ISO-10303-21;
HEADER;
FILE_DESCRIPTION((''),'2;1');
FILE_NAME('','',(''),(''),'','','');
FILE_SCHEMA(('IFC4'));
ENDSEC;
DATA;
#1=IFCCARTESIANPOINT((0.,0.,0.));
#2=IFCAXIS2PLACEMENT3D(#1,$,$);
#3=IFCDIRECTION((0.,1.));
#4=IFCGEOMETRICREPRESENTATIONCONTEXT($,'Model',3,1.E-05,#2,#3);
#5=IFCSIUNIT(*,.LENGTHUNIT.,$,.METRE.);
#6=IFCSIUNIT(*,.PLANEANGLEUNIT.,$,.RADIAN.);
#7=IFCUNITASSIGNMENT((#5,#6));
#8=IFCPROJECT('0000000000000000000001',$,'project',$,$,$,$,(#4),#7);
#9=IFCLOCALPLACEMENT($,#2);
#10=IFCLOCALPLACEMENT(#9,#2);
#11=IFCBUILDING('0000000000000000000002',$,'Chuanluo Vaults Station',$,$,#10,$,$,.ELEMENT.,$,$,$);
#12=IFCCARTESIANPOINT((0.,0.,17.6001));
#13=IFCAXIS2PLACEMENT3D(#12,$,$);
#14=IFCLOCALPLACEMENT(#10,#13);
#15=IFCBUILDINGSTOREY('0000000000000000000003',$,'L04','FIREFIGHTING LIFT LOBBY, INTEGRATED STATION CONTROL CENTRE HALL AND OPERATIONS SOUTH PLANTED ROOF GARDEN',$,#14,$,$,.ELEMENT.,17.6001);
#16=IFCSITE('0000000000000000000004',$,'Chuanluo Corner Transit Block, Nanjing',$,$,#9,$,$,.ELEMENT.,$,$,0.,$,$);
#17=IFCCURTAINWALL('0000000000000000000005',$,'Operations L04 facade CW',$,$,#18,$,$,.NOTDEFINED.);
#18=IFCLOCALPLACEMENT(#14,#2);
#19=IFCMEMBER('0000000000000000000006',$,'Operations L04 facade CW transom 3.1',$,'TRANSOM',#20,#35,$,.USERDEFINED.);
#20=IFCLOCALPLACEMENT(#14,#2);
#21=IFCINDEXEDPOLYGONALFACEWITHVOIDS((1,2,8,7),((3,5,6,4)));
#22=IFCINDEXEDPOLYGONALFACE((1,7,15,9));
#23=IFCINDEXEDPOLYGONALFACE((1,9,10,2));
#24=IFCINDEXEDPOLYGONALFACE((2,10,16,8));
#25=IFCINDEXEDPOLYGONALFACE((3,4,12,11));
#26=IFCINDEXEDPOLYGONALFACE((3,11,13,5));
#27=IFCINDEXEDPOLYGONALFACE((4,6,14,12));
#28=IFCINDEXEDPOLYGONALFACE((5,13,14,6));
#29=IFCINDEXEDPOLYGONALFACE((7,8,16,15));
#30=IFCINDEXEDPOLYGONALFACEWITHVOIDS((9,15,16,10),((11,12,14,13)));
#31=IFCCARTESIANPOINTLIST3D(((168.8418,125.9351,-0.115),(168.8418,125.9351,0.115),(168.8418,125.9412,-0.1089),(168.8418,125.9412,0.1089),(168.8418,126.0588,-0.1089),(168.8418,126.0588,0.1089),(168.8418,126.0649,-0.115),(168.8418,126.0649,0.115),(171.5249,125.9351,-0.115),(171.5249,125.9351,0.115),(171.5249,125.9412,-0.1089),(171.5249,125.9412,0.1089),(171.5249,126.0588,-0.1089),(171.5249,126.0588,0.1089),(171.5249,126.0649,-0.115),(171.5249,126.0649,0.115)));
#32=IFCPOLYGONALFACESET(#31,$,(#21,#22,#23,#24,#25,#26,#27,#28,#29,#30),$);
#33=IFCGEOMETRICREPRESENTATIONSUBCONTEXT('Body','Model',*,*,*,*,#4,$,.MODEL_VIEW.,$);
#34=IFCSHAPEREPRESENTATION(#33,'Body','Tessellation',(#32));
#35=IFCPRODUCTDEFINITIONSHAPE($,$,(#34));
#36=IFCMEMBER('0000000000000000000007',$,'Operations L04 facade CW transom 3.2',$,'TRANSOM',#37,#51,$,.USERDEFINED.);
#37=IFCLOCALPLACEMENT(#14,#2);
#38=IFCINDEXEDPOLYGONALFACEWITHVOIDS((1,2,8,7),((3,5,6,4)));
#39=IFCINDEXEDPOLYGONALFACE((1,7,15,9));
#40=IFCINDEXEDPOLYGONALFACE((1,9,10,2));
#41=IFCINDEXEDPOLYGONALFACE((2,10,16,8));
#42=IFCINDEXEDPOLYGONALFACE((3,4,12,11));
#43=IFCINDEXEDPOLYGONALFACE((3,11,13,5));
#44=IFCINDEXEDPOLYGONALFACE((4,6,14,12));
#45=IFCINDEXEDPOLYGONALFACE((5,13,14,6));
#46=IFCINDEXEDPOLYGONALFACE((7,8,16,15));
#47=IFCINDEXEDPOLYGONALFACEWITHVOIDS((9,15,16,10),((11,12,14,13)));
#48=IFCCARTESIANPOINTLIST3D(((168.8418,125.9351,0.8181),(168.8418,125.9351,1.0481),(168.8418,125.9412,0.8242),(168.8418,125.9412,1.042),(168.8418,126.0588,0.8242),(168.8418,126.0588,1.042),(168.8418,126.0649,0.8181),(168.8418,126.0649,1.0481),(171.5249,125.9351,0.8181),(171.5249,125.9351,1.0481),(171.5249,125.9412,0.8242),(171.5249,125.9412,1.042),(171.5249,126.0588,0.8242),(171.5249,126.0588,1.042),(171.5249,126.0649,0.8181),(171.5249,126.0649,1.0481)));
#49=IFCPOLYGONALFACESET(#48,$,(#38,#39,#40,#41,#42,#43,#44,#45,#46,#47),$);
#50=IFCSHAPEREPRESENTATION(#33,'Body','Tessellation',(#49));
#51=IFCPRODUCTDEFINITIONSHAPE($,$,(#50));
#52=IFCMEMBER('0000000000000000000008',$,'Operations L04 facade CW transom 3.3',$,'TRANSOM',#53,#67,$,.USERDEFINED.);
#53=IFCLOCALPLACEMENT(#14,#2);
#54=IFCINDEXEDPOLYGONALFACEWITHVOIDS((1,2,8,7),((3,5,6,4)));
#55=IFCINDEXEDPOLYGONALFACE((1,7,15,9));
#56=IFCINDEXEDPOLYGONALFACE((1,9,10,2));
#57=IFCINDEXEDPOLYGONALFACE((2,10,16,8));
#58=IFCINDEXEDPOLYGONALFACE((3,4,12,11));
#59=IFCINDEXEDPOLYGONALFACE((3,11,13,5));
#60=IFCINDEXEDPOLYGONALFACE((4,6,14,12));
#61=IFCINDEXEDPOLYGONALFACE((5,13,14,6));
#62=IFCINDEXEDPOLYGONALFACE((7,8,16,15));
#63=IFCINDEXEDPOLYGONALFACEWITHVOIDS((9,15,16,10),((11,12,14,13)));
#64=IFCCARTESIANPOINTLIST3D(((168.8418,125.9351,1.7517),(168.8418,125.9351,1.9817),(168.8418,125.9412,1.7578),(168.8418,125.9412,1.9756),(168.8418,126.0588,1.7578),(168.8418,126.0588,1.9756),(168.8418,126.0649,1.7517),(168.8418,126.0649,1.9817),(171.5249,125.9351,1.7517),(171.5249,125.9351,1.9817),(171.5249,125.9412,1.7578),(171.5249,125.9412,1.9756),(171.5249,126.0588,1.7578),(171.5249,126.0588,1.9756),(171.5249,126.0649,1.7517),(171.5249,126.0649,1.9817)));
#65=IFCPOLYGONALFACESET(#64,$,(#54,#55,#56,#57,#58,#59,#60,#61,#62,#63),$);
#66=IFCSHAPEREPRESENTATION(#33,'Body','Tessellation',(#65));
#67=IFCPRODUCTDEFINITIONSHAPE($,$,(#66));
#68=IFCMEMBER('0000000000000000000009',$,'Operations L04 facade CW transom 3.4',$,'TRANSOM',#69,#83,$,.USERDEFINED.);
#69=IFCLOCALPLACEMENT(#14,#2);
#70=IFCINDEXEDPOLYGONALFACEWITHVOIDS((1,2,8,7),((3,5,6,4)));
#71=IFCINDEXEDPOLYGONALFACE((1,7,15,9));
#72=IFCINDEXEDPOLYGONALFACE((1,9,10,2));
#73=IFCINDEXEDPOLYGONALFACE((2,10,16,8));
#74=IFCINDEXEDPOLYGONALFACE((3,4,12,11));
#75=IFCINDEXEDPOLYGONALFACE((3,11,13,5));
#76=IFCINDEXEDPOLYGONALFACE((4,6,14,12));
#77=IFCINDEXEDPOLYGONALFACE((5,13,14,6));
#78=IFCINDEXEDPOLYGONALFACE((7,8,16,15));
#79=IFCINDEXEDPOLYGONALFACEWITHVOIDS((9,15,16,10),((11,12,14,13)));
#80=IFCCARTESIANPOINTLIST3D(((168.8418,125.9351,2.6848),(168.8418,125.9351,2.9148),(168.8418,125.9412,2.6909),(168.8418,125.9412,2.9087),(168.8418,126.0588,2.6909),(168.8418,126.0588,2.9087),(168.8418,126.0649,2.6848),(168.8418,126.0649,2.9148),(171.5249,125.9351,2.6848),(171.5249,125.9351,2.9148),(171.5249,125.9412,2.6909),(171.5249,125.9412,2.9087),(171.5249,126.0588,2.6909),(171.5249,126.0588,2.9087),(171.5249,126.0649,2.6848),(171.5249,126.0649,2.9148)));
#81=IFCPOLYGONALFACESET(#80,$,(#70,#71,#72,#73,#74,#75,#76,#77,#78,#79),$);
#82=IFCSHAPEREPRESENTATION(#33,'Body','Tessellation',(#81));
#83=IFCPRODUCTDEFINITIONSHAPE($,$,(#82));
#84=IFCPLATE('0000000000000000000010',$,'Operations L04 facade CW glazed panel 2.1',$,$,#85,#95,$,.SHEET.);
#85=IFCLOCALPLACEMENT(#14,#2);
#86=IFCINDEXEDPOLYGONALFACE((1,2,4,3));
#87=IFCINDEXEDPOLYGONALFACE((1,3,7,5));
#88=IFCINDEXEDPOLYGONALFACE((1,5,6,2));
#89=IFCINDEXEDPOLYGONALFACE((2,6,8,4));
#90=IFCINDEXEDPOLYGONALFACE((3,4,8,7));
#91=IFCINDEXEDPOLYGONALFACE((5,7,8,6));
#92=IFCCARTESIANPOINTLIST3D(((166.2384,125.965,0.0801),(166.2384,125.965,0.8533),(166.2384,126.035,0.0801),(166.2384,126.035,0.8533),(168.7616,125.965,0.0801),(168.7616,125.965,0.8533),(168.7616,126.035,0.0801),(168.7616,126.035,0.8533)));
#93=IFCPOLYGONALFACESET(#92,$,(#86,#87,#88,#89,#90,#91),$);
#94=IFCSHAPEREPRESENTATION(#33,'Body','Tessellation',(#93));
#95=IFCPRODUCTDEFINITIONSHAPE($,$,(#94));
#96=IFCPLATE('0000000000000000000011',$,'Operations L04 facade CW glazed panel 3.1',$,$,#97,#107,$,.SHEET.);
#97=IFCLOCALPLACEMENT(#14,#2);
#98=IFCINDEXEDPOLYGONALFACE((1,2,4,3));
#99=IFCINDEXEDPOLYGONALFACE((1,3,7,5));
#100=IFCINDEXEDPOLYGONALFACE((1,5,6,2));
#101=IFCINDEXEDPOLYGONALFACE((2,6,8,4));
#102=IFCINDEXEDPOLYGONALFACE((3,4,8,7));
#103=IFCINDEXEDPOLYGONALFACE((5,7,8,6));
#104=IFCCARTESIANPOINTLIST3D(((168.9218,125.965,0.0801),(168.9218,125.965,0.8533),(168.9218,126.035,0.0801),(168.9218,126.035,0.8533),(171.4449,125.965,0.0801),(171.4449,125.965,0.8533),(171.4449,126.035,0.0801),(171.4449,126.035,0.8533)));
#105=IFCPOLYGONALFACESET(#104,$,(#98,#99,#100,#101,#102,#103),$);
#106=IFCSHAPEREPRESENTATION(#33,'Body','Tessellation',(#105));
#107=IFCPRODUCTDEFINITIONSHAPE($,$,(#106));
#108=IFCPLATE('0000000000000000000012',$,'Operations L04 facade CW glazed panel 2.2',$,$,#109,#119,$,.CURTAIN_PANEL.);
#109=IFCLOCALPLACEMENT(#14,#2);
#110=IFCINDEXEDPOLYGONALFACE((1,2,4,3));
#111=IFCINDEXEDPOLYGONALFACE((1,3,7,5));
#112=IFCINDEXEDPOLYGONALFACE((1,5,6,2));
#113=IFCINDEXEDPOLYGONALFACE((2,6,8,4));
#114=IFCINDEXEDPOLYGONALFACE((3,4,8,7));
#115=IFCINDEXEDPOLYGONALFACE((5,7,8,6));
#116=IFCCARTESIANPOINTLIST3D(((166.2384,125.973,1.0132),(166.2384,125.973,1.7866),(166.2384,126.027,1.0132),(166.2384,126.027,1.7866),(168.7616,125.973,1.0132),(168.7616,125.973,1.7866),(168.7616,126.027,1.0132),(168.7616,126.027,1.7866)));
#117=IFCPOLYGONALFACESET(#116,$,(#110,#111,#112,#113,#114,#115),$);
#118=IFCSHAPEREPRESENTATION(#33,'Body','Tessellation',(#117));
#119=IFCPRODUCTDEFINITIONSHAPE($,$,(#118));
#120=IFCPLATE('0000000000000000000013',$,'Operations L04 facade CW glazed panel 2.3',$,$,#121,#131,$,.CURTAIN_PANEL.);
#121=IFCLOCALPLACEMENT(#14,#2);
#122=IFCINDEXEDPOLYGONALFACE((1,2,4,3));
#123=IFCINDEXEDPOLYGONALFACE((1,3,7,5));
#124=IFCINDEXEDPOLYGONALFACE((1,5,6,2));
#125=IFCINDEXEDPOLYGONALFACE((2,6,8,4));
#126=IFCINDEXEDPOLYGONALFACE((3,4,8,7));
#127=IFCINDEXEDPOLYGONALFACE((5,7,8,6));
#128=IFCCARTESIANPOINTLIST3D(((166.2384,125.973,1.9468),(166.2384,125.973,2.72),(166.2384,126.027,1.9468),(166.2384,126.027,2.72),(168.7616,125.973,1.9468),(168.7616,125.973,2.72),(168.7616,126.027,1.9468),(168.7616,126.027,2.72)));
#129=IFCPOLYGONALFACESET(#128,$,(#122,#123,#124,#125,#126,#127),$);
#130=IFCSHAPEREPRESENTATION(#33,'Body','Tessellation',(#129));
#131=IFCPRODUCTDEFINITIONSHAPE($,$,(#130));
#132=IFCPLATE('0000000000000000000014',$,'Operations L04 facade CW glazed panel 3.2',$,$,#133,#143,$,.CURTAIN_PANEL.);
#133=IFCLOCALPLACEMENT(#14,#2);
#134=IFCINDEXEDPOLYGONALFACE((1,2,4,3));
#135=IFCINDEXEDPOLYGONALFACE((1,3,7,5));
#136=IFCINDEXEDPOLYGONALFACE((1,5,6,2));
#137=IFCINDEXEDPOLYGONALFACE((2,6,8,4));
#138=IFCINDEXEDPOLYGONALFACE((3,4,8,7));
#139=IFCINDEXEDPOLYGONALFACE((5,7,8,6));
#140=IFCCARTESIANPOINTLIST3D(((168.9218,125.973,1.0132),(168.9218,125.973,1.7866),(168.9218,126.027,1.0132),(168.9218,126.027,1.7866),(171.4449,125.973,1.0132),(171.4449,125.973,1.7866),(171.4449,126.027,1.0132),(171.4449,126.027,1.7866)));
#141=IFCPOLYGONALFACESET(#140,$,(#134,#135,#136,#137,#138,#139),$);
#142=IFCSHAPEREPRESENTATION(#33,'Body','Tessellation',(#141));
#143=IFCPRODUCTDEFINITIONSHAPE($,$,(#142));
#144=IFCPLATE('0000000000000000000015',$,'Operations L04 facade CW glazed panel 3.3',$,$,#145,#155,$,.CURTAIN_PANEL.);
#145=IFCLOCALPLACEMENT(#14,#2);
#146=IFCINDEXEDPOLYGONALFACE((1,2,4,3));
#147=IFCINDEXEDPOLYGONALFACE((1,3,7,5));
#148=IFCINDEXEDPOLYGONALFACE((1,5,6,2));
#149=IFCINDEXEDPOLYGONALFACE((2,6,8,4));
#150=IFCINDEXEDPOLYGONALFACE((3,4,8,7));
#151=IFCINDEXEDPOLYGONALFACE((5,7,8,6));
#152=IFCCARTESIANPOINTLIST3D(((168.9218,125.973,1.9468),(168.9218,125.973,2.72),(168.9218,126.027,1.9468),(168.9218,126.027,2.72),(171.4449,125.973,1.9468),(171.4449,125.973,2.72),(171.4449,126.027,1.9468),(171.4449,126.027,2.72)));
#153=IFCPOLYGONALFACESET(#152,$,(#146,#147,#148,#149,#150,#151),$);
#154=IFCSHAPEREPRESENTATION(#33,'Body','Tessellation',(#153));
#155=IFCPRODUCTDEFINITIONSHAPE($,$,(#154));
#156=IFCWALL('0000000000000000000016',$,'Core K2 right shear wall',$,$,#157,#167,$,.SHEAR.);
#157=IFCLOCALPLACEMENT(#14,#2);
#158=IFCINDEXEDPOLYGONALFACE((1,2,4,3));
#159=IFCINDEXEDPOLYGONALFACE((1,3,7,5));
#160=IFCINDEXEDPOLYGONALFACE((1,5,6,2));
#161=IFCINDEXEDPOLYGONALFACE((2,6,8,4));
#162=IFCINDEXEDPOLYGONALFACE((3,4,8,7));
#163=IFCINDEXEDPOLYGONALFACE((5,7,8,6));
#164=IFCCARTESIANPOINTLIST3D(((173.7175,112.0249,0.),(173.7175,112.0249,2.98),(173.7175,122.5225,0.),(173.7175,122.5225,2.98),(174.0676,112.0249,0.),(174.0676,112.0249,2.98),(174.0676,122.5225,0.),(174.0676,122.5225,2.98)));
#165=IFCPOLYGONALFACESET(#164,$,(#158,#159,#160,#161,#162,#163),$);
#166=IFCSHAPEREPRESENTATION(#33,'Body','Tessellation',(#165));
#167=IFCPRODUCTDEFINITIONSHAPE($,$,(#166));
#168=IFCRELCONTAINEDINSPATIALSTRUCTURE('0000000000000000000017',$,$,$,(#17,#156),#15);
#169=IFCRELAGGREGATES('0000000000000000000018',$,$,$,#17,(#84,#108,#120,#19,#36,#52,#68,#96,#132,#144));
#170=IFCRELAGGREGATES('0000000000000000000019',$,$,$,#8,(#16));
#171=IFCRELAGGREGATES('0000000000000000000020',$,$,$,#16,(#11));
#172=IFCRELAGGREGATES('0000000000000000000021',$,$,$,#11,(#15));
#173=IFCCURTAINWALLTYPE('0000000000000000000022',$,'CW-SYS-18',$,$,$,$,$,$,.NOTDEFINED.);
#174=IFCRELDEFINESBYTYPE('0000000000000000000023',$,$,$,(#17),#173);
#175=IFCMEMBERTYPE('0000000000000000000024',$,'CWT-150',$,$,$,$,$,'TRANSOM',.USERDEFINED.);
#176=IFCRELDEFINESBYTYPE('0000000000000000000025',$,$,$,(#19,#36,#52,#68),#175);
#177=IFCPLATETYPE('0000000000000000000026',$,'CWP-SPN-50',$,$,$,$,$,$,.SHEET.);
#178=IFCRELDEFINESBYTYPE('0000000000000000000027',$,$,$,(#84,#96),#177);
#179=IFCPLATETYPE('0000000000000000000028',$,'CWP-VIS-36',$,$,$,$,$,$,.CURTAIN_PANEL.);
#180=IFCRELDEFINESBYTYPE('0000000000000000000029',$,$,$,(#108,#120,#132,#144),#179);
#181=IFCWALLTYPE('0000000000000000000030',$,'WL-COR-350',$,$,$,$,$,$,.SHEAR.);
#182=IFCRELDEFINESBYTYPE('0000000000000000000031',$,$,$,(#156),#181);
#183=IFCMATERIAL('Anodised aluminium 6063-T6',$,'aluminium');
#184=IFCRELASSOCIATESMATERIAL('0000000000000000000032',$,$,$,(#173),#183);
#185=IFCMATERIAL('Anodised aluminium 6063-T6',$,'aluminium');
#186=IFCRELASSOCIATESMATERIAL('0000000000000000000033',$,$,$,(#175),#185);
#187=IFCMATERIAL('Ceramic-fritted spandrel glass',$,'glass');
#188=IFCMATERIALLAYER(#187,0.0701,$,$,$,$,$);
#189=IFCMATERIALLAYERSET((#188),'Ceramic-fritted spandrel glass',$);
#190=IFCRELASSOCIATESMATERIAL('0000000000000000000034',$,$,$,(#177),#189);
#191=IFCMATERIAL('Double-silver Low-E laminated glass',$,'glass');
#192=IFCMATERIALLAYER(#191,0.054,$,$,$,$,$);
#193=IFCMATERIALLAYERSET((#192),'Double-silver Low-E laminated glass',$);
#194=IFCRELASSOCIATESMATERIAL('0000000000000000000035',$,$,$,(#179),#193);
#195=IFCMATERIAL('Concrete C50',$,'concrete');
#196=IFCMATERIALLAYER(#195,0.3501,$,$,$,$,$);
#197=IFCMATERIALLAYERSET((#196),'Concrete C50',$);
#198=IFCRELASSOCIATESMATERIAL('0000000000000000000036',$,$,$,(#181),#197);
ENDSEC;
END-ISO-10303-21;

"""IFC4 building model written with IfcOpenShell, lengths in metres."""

from ifc_helpers import new_model, si_unit, direction, frame, frame_2d, origin, origin_2d, place, context, subcontext, project, spatial, rectangle, hollow_rectangle, extrude, material, layer, layer_set, material_profile, profile_set, type_object, element, aggregate, save


model = new_model("IFC4")

# Units and contexts
model_context = context("Model", 3, precision=1e-05, world=origin(), true_north=direction((0.0, 1.0)))
body_context = subcontext(model_context, "Body", "Model", "MODEL_VIEW")
ifc_project = project(units=[si_unit("LENGTHUNIT", "METRE"), si_unit("PLANEANGLEUNIT", "RADIAN")], contexts=[model_context])

# Site, building, storey
site_placement = place(None, origin())
site = spatial("IfcSite", under=ifc_project, at=site_placement, Name="Chuanluo Corner Transit Block, Nanjing", CompositionType="ELEMENT", RefElevation=0.0)
building_placement = place(site_placement, origin())
building = spatial("IfcBuilding", under=site, at=building_placement, Name="Chuanluo Vaults Station", CompositionType="ELEMENT")
storey_placement = place(building_placement, frame((0.0, 0.0, 17.6001)))
storey = spatial("IfcBuildingStorey", under=building, at=storey_placement, Name="L04", Description="FIREFIGHTING LIFT LOBBY, INTEGRATED STATION CONTROL CENTRE HALL AND OPERATIONS SOUTH PLANTED ROOF GARDEN", CompositionType="ELEMENT", Elevation=17.6001)

# Curtain wall, members, plates
ifc_material_1 = material(Name="Anodised aluminium 6063-T6", Category="aluminium")
curtain_wall_type = type_object("IfcCurtainWallType", Name="CW-SYS-18", PredefinedType="NOTDEFINED", material=ifc_material_1)
curtain_wall_placement = place(storey_placement, origin())
curtain_wall = element("IfcCurtainWall", 1, at=curtain_wall_placement, inside=storey, type_object=curtain_wall_type, Name="Operations L04 facade CW", PredefinedType="NOTDEFINED")
ifc_material_2 = material(Name="Anodised aluminium 6063-T6", Category="aluminium")
ifc_material_profile_1 = material_profile(ifc_material_2, hollow_rectangle(XDim=0.1299, YDim=0.23, WallThickness=0.0061, at=origin_2d()))
ifc_profile_set_1 = profile_set([ifc_material_profile_1], Name="Anodised aluminium 6063-T6")
member_type_1 = type_object("IfcMemberType", Name="CWT-150", ElementType="TRANSOM", PredefinedType="USERDEFINED", material=ifc_profile_set_1)
member_1_placement = place(storey_placement, frame((168.8418, 126.0, 0.0), z_axis=(1.0, 0.0, 0.0), x_axis=(0.0, 1.0, 0.0)))
member_1 = element("IfcMember", 2, at=member_1_placement, type_object=member_type_1, Name="Operations L04 facade CW transom 3.1", ObjectType="TRANSOM", PredefinedType="USERDEFINED", context=body_context, shape_type="SweptSolid", body=[
    extrude(hollow_rectangle(XDim=0.1299, YDim=0.23, WallThickness=0.0061, at=origin_2d()), origin(), (0.0, 0.0, 1.0), 2.6831),
])
member_2_placement = place(storey_placement, frame((168.8418, 126.0, 0.9331), z_axis=(1.0, 0.0, 0.0), x_axis=(0.0, 1.0, 0.0)))
member_2 = element("IfcMember", 3, at=member_2_placement, type_object=member_type_1, Name="Operations L04 facade CW transom 3.2", ObjectType="TRANSOM", PredefinedType="USERDEFINED", context=body_context, shape_type="SweptSolid", body=[
    extrude(hollow_rectangle(XDim=0.1299, YDim=0.23, WallThickness=0.0061, at=origin_2d()), origin(), (0.0, 0.0, 1.0), 2.6831),
])
member_3_placement = place(storey_placement, frame((168.8418, 126.0, 1.8667), z_axis=(1.0, 0.0, 0.0), x_axis=(0.0, 1.0, 0.0)))
member_3 = element("IfcMember", 4, at=member_3_placement, type_object=member_type_1, Name="Operations L04 facade CW transom 3.3", ObjectType="TRANSOM", PredefinedType="USERDEFINED", context=body_context, shape_type="SweptSolid", body=[
    extrude(hollow_rectangle(XDim=0.1299, YDim=0.23, WallThickness=0.0061, at=origin_2d()), origin(), (0.0, 0.0, 1.0), 2.6831),
])
member_4_placement = place(storey_placement, frame((168.8418, 126.0, 2.7998), z_axis=(1.0, 0.0, 0.0), x_axis=(0.0, 1.0, 0.0)))
member_4 = element("IfcMember", 5, at=member_4_placement, type_object=member_type_1, Name="Operations L04 facade CW transom 3.4", ObjectType="TRANSOM", PredefinedType="USERDEFINED", context=body_context, shape_type="SweptSolid", body=[
    extrude(hollow_rectangle(XDim=0.1299, YDim=0.23, WallThickness=0.0061, at=origin_2d()), origin(), (0.0, 0.0, 1.0), 2.6831),
])
ifc_material_3 = material(Name="Ceramic-fritted spandrel glass", Category="glass")
ifc_layer_1 = layer(ifc_material_3, 0.0701)
ifc_layer_set_1 = layer_set([ifc_layer_1], Name="Ceramic-fritted spandrel glass")
plate_type_1 = type_object("IfcPlateType", Name="CWP-SPN-50", PredefinedType="SHEET", material=ifc_layer_set_1)
plate_1_placement = place(storey_placement, frame((167.5, 126.0, 0.0801), z_axis=(0.0, 0.0, 1.0), x_axis=(1.0, 0.0, 0.0)))
plate_1 = element("IfcPlate", 6, at=plate_1_placement, type_object=plate_type_1, Name="Operations L04 facade CW glazed panel 2.1", PredefinedType="SHEET", context=body_context, shape_type="SweptSolid", body=[
    extrude(rectangle(XDim=2.5232, YDim=0.0701, at=origin_2d()), origin(), (0.0, 0.0, 1.0), 0.7732),
])
plate_2_placement = place(storey_placement, frame((170.1833, 126.0, 0.0801), z_axis=(0.0, 0.0, 1.0), x_axis=(1.0, 0.0, 0.0)))
plate_2 = element("IfcPlate", 7, at=plate_2_placement, type_object=plate_type_1, Name="Operations L04 facade CW glazed panel 3.1", PredefinedType="SHEET", context=body_context, shape_type="SweptSolid", body=[
    extrude(rectangle(XDim=2.5232, YDim=0.0701, at=origin_2d()), origin(), (0.0, 0.0, 1.0), 0.7732),
])
ifc_material_4 = material(Name="Double-silver Low-E laminated glass", Category="glass")
ifc_layer_2 = layer(ifc_material_4, 0.054)
ifc_layer_set_2 = layer_set([ifc_layer_2], Name="Double-silver Low-E laminated glass")
plate_type_2 = type_object("IfcPlateType", Name="CWP-VIS-36", PredefinedType="CURTAIN_PANEL", material=ifc_layer_set_2)
plate_3_placement = place(storey_placement, frame((167.5, 126.0, 1.0132), z_axis=(0.0, 0.0, 1.0), x_axis=(1.0, 0.0, 0.0)))
plate_3 = element("IfcPlate", 8, at=plate_3_placement, type_object=plate_type_2, Name="Operations L04 facade CW glazed panel 2.2", PredefinedType="CURTAIN_PANEL", context=body_context, shape_type="SweptSolid", body=[
    extrude(rectangle(XDim=2.5232, YDim=0.054, at=origin_2d()), origin(), (0.0, 0.0, 1.0), 0.7734),
])
plate_4_placement = place(storey_placement, frame((167.5, 126.0, 1.9468), z_axis=(0.0, 0.0, 1.0), x_axis=(1.0, 0.0, 0.0)))
plate_4 = element("IfcPlate", 9, at=plate_4_placement, type_object=plate_type_2, Name="Operations L04 facade CW glazed panel 2.3", PredefinedType="CURTAIN_PANEL", context=body_context, shape_type="SweptSolid", body=[
    extrude(rectangle(XDim=2.5232, YDim=0.054, at=origin_2d()), origin(), (0.0, 0.0, 1.0), 0.7732),
])
plate_5_placement = place(storey_placement, frame((170.1833, 126.0, 1.0132), z_axis=(0.0, 0.0, 1.0), x_axis=(1.0, 0.0, 0.0)))
plate_5 = element("IfcPlate", 10, at=plate_5_placement, type_object=plate_type_2, Name="Operations L04 facade CW glazed panel 3.2", PredefinedType="CURTAIN_PANEL", context=body_context, shape_type="SweptSolid", body=[
    extrude(rectangle(XDim=2.5232, YDim=0.054, at=origin_2d()), origin(), (0.0, 0.0, 1.0), 0.7734),
])
plate_6_placement = place(storey_placement, frame((170.1833, 126.0, 1.9468), z_axis=(0.0, 0.0, 1.0), x_axis=(1.0, 0.0, 0.0)))
plate_6 = element("IfcPlate", 11, at=plate_6_placement, type_object=plate_type_2, Name="Operations L04 facade CW glazed panel 3.3", PredefinedType="CURTAIN_PANEL", context=body_context, shape_type="SweptSolid", body=[
    extrude(rectangle(XDim=2.5232, YDim=0.054, at=origin_2d()), origin(), (0.0, 0.0, 1.0), 0.7732),
])
aggregate(curtain_wall, [plate_1, plate_3, plate_4, member_1, member_2, member_3, member_4, plate_2, plate_5, plate_6])

# Wall
ifc_material_5 = material(Name="Concrete C50", Category="concrete")
ifc_layer_3 = layer(ifc_material_5, 0.3501)
ifc_layer_set_3 = layer_set([ifc_layer_3], Name="Concrete C50")
wall_type_1 = type_object("IfcWallType", Name="WL-COR-350", PredefinedType="SHEAR", material=ifc_layer_set_3)
wall_1_placement = place(storey_placement, frame((173.8926, 122.5225, 0.0), z_axis=(0.0, 0.0, 1.0), x_axis=(0.0, -1.0, 0.0)))
element("IfcWall", 12, at=wall_1_placement, inside=storey, type_object=wall_type_1, Name="Core K2 right shear wall", PredefinedType="SHEAR", context=body_context, shape_type="SweptSolid", body=[
    extrude(rectangle(XDim=10.4976, YDim=0.3501, at=frame_2d((5.2488, 0.0))), origin(), (0.0, 0.0, 1.0), 2.98),
])

save(model, "model.ifc")
